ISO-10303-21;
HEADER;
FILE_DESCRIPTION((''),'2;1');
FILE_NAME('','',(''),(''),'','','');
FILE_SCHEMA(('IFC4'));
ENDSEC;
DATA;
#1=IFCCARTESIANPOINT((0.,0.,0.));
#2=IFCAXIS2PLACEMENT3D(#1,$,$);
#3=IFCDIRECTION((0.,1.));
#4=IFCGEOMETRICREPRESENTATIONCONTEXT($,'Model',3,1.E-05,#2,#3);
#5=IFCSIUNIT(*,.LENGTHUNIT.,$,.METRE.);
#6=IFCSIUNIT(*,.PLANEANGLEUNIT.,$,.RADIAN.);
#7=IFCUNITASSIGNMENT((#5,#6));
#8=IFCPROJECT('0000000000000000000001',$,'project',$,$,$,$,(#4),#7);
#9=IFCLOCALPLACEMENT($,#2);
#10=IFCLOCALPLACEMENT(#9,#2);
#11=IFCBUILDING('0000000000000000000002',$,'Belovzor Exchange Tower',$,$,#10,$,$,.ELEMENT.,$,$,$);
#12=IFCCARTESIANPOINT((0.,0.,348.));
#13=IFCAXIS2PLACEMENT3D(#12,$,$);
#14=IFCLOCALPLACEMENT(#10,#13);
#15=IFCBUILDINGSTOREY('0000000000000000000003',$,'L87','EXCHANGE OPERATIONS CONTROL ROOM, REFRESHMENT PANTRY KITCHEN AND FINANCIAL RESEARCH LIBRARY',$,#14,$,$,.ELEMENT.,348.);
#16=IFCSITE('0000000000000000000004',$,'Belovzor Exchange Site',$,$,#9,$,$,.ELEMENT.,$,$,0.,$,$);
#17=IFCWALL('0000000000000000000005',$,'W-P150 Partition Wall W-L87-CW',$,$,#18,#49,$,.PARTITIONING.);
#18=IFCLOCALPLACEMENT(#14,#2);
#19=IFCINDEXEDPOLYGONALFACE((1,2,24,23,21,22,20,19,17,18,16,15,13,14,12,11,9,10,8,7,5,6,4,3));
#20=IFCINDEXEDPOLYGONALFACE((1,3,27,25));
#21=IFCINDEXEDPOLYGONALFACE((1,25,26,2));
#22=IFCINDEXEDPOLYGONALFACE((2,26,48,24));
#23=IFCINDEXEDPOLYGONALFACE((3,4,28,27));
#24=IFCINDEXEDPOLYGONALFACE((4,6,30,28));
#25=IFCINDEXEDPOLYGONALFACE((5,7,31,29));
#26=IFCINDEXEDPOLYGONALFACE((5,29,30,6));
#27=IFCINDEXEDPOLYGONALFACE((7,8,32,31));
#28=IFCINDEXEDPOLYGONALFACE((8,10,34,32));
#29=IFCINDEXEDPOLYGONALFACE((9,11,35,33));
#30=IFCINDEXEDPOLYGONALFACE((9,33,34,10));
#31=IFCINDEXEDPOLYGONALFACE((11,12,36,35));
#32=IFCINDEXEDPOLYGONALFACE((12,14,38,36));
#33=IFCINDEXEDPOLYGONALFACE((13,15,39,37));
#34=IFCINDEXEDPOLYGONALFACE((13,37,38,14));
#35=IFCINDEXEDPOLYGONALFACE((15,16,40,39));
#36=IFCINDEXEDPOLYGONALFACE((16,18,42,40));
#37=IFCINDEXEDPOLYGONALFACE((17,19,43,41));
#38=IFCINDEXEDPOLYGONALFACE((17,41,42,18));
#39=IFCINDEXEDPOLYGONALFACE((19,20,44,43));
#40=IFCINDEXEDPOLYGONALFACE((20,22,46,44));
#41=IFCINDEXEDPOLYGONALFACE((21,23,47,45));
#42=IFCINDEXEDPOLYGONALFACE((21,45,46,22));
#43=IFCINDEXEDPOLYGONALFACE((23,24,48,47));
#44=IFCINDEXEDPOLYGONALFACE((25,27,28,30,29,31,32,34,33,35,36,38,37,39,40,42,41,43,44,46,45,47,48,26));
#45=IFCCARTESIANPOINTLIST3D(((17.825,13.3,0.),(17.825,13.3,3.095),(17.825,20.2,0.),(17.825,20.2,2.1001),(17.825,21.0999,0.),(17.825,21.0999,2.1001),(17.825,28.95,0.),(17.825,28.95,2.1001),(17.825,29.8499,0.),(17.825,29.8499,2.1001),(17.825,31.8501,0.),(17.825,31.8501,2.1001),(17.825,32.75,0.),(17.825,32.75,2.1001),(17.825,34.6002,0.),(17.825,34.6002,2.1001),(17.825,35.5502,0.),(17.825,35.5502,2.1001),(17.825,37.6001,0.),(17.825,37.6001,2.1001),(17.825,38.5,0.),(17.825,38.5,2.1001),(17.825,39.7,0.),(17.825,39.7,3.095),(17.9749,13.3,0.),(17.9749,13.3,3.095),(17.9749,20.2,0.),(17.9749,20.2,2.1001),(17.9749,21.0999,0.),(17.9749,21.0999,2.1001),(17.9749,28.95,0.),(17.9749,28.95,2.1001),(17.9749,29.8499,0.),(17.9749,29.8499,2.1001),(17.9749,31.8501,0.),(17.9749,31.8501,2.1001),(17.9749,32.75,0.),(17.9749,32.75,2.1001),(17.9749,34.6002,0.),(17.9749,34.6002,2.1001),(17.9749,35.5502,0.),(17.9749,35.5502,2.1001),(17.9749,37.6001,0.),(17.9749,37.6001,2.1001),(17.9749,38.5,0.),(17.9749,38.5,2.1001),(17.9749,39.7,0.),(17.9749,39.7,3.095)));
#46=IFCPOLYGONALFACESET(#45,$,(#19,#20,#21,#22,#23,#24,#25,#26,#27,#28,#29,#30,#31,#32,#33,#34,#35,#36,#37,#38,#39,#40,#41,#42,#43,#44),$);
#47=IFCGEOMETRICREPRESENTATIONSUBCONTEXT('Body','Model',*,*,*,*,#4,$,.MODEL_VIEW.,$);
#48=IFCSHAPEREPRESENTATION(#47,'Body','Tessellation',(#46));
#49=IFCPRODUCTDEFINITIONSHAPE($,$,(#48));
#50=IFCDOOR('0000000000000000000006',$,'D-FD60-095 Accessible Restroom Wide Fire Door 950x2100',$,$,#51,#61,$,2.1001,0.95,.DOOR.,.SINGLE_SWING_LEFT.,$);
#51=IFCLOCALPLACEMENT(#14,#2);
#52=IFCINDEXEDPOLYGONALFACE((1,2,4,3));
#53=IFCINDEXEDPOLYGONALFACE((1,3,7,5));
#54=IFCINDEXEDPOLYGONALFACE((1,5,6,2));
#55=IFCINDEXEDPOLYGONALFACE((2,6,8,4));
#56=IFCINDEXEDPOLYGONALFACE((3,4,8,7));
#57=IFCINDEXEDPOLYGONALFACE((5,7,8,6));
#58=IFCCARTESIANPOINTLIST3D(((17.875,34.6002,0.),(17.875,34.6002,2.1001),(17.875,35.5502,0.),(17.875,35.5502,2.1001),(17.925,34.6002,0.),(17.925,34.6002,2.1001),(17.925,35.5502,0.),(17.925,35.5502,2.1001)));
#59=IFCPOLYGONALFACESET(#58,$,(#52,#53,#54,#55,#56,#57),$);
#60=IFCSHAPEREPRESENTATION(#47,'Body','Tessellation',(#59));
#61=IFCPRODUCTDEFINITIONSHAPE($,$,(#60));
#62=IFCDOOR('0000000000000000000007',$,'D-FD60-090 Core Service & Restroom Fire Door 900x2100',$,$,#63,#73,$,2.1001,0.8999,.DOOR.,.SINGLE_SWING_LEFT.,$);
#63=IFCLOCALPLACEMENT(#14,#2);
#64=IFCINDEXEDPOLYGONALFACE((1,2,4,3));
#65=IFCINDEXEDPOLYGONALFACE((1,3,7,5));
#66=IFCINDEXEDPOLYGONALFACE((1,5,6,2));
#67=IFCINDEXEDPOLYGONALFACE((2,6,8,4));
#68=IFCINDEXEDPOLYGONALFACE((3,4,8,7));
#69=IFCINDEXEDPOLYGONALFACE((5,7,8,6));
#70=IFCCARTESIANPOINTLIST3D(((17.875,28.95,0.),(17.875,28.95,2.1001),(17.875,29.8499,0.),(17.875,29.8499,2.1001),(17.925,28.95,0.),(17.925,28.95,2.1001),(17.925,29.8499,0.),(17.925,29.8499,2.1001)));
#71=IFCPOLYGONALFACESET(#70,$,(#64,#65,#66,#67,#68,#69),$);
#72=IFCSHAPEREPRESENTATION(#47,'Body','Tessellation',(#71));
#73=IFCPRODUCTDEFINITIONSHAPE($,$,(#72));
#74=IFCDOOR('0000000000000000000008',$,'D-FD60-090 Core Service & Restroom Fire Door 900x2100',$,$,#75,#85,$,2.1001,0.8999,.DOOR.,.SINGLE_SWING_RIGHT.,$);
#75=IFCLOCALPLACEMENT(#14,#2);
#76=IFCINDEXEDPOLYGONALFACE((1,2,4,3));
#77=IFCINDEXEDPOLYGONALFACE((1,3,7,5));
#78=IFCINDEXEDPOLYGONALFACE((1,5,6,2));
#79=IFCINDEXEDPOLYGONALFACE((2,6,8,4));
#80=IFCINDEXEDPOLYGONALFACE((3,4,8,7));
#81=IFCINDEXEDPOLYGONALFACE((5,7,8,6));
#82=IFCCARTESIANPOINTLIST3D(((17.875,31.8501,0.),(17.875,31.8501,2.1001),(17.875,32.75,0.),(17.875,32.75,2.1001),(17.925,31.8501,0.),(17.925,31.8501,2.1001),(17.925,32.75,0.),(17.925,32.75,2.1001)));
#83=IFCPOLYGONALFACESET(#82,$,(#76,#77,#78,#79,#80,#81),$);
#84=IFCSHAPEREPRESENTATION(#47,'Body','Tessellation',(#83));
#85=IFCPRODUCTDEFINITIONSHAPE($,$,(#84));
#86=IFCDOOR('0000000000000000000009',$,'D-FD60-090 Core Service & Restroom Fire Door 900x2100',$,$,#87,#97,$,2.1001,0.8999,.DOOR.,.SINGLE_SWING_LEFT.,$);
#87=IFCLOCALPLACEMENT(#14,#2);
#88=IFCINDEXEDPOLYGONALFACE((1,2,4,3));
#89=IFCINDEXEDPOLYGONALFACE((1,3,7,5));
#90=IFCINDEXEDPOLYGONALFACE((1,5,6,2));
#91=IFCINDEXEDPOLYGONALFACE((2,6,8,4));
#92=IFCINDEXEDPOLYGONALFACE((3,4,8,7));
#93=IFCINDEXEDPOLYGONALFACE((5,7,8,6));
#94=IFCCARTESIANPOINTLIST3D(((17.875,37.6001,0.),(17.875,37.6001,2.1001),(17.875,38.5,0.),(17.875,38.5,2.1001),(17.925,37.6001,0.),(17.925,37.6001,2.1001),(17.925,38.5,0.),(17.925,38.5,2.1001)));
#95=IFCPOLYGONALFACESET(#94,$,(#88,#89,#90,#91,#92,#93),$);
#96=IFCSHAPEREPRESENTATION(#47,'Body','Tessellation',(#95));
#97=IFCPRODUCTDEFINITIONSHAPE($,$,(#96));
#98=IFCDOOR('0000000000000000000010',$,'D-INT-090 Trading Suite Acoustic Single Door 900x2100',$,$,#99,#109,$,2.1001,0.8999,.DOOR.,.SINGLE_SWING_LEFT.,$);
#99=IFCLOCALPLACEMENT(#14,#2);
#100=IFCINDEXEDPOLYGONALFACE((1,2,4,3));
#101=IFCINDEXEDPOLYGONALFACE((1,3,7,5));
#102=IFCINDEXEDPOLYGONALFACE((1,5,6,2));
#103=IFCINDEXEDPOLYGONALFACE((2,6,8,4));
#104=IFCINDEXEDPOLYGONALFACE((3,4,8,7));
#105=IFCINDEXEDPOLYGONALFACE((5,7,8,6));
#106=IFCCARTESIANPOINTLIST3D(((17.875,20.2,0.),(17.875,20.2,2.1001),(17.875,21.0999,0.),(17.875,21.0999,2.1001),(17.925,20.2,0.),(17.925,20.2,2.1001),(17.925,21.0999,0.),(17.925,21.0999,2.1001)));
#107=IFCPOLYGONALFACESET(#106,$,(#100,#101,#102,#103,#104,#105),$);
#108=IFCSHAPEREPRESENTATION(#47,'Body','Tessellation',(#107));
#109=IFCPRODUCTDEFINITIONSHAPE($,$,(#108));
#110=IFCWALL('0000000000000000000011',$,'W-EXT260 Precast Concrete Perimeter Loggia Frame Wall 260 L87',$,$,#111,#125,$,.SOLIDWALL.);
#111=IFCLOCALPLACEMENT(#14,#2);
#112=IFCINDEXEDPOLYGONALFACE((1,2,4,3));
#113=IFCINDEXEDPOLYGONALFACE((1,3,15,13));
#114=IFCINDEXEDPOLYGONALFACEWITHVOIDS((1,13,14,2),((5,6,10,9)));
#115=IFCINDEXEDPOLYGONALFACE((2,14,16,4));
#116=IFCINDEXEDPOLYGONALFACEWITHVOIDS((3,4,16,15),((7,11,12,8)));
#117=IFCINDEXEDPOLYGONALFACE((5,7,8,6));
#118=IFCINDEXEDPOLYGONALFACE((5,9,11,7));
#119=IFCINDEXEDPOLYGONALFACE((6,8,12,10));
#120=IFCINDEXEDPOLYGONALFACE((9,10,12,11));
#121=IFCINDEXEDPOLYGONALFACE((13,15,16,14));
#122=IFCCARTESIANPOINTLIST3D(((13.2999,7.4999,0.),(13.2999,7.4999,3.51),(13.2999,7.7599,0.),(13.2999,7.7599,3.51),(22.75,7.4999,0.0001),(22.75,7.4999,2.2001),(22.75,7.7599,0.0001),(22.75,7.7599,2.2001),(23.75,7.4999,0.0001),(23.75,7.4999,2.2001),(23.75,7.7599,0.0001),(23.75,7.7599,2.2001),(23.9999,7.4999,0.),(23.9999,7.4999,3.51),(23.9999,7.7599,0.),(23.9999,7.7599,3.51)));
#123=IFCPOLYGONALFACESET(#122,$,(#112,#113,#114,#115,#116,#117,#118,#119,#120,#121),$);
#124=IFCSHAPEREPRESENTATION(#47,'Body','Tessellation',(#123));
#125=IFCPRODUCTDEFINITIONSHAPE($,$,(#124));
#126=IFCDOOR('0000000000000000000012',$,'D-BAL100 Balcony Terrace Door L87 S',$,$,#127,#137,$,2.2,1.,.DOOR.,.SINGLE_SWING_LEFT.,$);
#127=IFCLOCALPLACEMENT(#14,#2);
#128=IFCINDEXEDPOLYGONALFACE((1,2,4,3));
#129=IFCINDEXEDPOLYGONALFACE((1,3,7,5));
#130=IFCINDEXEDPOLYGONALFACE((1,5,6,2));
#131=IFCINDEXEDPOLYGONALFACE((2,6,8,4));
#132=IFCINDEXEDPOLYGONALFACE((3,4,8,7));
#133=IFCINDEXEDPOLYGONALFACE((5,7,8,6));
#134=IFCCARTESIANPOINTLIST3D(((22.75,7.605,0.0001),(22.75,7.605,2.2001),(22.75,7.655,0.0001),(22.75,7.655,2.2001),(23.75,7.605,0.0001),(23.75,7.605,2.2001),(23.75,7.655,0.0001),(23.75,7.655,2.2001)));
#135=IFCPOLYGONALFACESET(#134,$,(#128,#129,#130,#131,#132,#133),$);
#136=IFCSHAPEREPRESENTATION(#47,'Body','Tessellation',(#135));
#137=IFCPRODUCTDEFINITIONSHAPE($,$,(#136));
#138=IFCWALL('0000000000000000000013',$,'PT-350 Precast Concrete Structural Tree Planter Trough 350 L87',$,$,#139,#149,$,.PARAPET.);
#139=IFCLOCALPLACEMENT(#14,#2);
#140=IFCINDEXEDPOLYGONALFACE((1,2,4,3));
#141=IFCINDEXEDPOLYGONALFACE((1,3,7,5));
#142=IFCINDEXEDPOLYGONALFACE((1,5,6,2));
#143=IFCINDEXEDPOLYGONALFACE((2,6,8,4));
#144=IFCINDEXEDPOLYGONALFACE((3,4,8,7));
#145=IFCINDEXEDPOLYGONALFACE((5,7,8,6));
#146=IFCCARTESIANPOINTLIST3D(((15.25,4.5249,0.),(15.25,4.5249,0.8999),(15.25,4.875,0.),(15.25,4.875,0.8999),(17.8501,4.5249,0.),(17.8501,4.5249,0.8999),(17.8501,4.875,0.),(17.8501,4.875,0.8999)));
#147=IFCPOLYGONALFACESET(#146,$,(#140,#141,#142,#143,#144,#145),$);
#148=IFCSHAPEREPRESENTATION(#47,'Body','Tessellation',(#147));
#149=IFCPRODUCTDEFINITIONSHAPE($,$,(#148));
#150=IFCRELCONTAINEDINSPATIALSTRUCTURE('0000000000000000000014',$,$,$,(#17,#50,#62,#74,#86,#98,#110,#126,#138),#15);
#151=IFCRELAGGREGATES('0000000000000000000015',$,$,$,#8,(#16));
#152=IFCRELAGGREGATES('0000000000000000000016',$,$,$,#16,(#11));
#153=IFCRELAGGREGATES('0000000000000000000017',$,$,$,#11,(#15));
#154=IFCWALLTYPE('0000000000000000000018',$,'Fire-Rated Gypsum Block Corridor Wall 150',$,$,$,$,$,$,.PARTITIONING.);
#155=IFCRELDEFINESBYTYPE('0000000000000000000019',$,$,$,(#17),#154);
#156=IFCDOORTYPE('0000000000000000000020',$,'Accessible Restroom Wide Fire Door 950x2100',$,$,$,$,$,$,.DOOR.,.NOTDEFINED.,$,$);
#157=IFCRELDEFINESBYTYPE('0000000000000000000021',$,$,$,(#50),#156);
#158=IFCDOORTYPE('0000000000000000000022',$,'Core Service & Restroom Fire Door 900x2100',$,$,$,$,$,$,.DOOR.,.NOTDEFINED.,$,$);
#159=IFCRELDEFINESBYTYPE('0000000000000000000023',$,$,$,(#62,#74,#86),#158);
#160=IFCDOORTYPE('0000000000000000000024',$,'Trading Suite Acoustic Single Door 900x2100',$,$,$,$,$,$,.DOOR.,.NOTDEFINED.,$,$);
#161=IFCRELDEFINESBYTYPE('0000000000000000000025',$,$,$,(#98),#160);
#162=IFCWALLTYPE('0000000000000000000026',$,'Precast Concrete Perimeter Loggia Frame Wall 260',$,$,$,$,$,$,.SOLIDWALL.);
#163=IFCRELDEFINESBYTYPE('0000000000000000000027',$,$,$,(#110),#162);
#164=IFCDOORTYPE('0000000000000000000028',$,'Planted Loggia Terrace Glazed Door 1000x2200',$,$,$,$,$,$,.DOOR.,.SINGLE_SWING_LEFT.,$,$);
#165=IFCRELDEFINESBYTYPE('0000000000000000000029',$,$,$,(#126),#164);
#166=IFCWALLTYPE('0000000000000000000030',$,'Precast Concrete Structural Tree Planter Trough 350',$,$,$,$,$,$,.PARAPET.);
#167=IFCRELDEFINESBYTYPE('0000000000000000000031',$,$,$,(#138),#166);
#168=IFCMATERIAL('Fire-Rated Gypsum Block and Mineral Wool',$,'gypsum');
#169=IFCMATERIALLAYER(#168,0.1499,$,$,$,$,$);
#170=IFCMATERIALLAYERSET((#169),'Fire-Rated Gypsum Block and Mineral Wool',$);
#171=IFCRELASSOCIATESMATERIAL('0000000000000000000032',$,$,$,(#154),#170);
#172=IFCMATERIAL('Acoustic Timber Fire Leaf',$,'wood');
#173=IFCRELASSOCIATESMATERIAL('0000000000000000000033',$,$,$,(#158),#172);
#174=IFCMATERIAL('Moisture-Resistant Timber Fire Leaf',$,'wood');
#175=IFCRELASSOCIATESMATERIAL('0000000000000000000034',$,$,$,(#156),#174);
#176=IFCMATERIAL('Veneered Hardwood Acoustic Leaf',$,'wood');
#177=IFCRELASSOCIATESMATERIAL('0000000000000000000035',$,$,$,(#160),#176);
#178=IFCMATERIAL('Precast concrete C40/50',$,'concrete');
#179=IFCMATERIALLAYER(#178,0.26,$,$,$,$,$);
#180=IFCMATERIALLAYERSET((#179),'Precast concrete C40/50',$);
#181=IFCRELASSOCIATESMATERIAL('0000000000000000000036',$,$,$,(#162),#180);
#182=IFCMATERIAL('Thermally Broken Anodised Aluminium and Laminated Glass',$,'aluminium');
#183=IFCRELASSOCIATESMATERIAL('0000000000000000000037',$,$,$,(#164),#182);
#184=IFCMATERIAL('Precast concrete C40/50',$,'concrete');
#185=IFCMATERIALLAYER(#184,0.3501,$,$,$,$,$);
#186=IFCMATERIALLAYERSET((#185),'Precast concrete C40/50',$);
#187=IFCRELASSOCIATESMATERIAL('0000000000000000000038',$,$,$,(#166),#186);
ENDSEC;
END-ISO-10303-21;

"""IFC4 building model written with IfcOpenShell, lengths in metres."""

from ifc_helpers import new_model, si_unit, direction, frame, frame_2d, origin, place, context, subcontext, project, spatial, rectangle, extrude, material, layer, layer_set, type_object, element, fill, save


model = new_model("IFC4")

# Units and contexts
model_context = context("Model", 3, precision=1e-05, world=origin(), true_north=direction((0.0, 1.0)))
body_context = subcontext(model_context, "Body", "Model", "MODEL_VIEW")
ifc_project = project(units=[si_unit("LENGTHUNIT", "METRE"), si_unit("PLANEANGLEUNIT", "RADIAN")], contexts=[model_context])

# Site, building, storey
site_placement = place(None, origin())
site = spatial("IfcSite", under=ifc_project, at=site_placement, Name="Belovzor Exchange Site", CompositionType="ELEMENT", RefElevation=0.0)
building_placement = place(site_placement, origin())
building = spatial("IfcBuilding", under=site, at=building_placement, Name="Belovzor Exchange Tower", CompositionType="ELEMENT")
storey_placement = place(building_placement, frame((0.0, 0.0, 348.0)))
storey = spatial("IfcBuildingStorey", under=building, at=storey_placement, Name="L87", Description="EXCHANGE OPERATIONS CONTROL ROOM, REFRESHMENT PANTRY KITCHEN AND FINANCIAL RESEARCH LIBRARY", CompositionType="ELEMENT", Elevation=348.0)

# Shared definitions
ifc_material_1 = material(Name="Fire-Rated Gypsum Block and Mineral Wool", Category="gypsum")
ifc_layer_1 = layer(ifc_material_1, 0.1499)
ifc_layer_set_1 = layer_set([ifc_layer_1], Name="Fire-Rated Gypsum Block and Mineral Wool")
wall_type_1 = type_object("IfcWallType", Name="Fire-Rated Gypsum Block Corridor Wall 150", PredefinedType="PARTITIONING", material=ifc_layer_set_1)
ifc_material_2 = material(Name="Acoustic Timber Fire Leaf", Category="wood")
door_type_1 = type_object("IfcDoorType", Name="Core Service & Restroom Fire Door 900x2100", OperationType="NOTDEFINED", PredefinedType="DOOR", material=ifc_material_2)

# Wall, openings, doors
wall_1_placement = place(storey_placement, frame((17.8999, 13.3, 0.0), z_axis=(0.0, 0.0, 1.0), x_axis=(0.0, 1.0, 0.0)))
wall_1 = element("IfcWall", 1, at=wall_1_placement, inside=storey, type_object=wall_type_1, Name="W-P150 Partition Wall W-L87-CW", PredefinedType="PARTITIONING", context=body_context, shape_type="SweptSolid", body=[
    extrude(rectangle(XDim=26.3999, YDim=0.1499, at=frame_2d((13.2, 0.0))), origin(), (0.0, 0.0, 1.0), 3.095),
])
opening_1_placement = place(wall_1_placement, frame((6.8999, 0.0, 0.0)))
opening_1 = element("IfcOpeningElement", 2, at=opening_1_placement, cuts=wall_1, PredefinedType="OPENING", context=body_context, shape_type="SweptSolid", body=[
    extrude(rectangle(XDim=0.8999, YDim=2.1001, at=frame_2d((0.45, 1.05))), frame((0.0, 0.085, 0.0), z_axis=(0.0, -1.0, 0.0), x_axis=(1.0, 0.0, 0.0)), (0.0, 0.0, 1.0), 0.1699),
])
opening_2_placement = place(wall_1_placement, frame((15.6499, 0.0, 0.0)))
opening_2 = element("IfcOpeningElement", 3, at=opening_2_placement, cuts=wall_1, PredefinedType="OPENING", context=body_context, shape_type="SweptSolid", body=[
    extrude(rectangle(XDim=0.8999, YDim=2.1001, at=frame_2d((0.45, 1.05))), frame((0.0, 0.085, 0.0), z_axis=(0.0, -1.0, 0.0), x_axis=(1.0, 0.0, 0.0)), (0.0, 0.0, 1.0), 0.1699),
])
opening_3_placement = place(wall_1_placement, frame((18.55, 0.0, 0.0)))
opening_3 = element("IfcOpeningElement", 4, at=opening_3_placement, cuts=wall_1, PredefinedType="OPENING", context=body_context, shape_type="SweptSolid", body=[
    extrude(rectangle(XDim=0.8999, YDim=2.1001, at=frame_2d((0.45, 1.05))), frame((0.0, 0.085, 0.0), z_axis=(0.0, -1.0, 0.0), x_axis=(1.0, 0.0, 0.0)), (0.0, 0.0, 1.0), 0.1699),
])
opening_4_placement = place(wall_1_placement, frame((21.3, 0.0, 0.0)))
opening_4 = element("IfcOpeningElement", 5, at=opening_4_placement, cuts=wall_1, PredefinedType="OPENING", context=body_context, shape_type="SweptSolid", body=[
    extrude(rectangle(XDim=0.95, YDim=2.1001, at=frame_2d((0.4751, 1.05))), frame((0.0, 0.085, 0.0), z_axis=(0.0, -1.0, 0.0), x_axis=(1.0, 0.0, 0.0)), (0.0, 0.0, 1.0), 0.1699),
])
opening_5_placement = place(wall_1_placement, frame((24.3, 0.0, 0.0)))
opening_5 = element("IfcOpeningElement", 6, at=opening_5_placement, cuts=wall_1, PredefinedType="OPENING", context=body_context, shape_type="SweptSolid", body=[
    extrude(rectangle(XDim=0.8999, YDim=2.1001, at=frame_2d((0.45, 1.05))), frame((0.0, 0.085, 0.0), z_axis=(0.0, -1.0, 0.0), x_axis=(1.0, 0.0, 0.0)), (0.0, 0.0, 1.0), 0.1699),
])
ifc_material_3 = material(Name="Moisture-Resistant Timber Fire Leaf", Category="wood")
door_type_2 = type_object("IfcDoorType", Name="Accessible Restroom Wide Fire Door 950x2100", OperationType="NOTDEFINED", PredefinedType="DOOR", material=ifc_material_3)
door_1_placement = place(opening_4_placement, origin())
door_1 = element("IfcDoor", 7, at=door_1_placement, inside=storey, type_object=door_type_2, Name="D-FD60-095 Accessible Restroom Wide Fire Door 950x2100", OperationType="SINGLE_SWING_LEFT", OverallHeight=2.1001, OverallWidth=0.95, PredefinedType="DOOR", context=body_context, shape_type="SweptSolid", body=[
    extrude(rectangle(XDim=0.95, YDim=2.1001, at=frame_2d((0.4751, 1.05))), frame((0.0, 0.0249, 0.0), z_axis=(0.0, -1.0, 0.0), x_axis=(1.0, 0.0, 0.0)), (0.0, 0.0, 1.0), 0.05),
])
fill(opening_4, door_1)
door_2_placement = place(opening_2_placement, origin())
door_2 = element("IfcDoor", 8, at=door_2_placement, inside=storey, type_object=door_type_1, Name="D-FD60-090 Core Service & Restroom Fire Door 900x2100", OperationType="SINGLE_SWING_LEFT", OverallHeight=2.1001, OverallWidth=0.8999, PredefinedType="DOOR", context=body_context, shape_type="SweptSolid", body=[
    extrude(rectangle(XDim=0.8999, YDim=2.1001, at=frame_2d((0.45, 1.05))), frame((0.0, 0.0249, 0.0), z_axis=(0.0, -1.0, 0.0), x_axis=(1.0, 0.0, 0.0)), (0.0, 0.0, 1.0), 0.05),
])
fill(opening_2, door_2)
door_3_placement = place(opening_3_placement, origin())
door_3 = element("IfcDoor", 9, at=door_3_placement, inside=storey, type_object=door_type_1, Name="D-FD60-090 Core Service & Restroom Fire Door 900x2100", OperationType="SINGLE_SWING_RIGHT", OverallHeight=2.1001, OverallWidth=0.8999, PredefinedType="DOOR", context=body_context, shape_type="SweptSolid", body=[
    extrude(rectangle(XDim=0.8999, YDim=2.1001, at=frame_2d((0.45, 1.05))), frame((0.0, 0.0249, 0.0), z_axis=(0.0, -1.0, 0.0), x_axis=(1.0, 0.0, 0.0)), (0.0, 0.0, 1.0), 0.05),
])
fill(opening_3, door_3)
door_4_placement = place(opening_5_placement, origin())
door_4 = element("IfcDoor", 10, at=door_4_placement, inside=storey, type_object=door_type_1, Name="D-FD60-090 Core Service & Restroom Fire Door 900x2100", OperationType="SINGLE_SWING_LEFT", OverallHeight=2.1001, OverallWidth=0.8999, PredefinedType="DOOR", context=body_context, shape_type="SweptSolid", body=[
    extrude(rectangle(XDim=0.8999, YDim=2.1001, at=frame_2d((0.45, 1.05))), frame((0.0, 0.0249, 0.0), z_axis=(0.0, -1.0, 0.0), x_axis=(1.0, 0.0, 0.0)), (0.0, 0.0, 1.0), 0.05),
])
fill(opening_5, door_4)
ifc_material_4 = material(Name="Veneered Hardwood Acoustic Leaf", Category="wood")
door_type_3 = type_object("IfcDoorType", Name="Trading Suite Acoustic Single Door 900x2100", OperationType="NOTDEFINED", PredefinedType="DOOR", material=ifc_material_4)
door_5_placement = place(opening_1_placement, origin())
door_5 = element("IfcDoor", 11, at=door_5_placement, inside=storey, type_object=door_type_3, Name="D-INT-090 Trading Suite Acoustic Single Door 900x2100", OperationType="SINGLE_SWING_LEFT", OverallHeight=2.1001, OverallWidth=0.8999, PredefinedType="DOOR", context=body_context, shape_type="SweptSolid", body=[
    extrude(rectangle(XDim=0.8999, YDim=2.1001, at=frame_2d((0.45, 1.05))), frame((0.0, 0.0249, 0.0), z_axis=(0.0, -1.0, 0.0), x_axis=(1.0, 0.0, 0.0)), (0.0, 0.0, 1.0), 0.05),
])
fill(opening_1, door_5)

# Wall, opening, door
ifc_material_5 = material(Name="Precast concrete C40/50", Category="concrete")
ifc_layer_2 = layer(ifc_material_5, 0.26)
ifc_layer_set_2 = layer_set([ifc_layer_2], Name="Precast concrete C40/50")
wall_type_2 = type_object("IfcWallType", Name="Precast Concrete Perimeter Loggia Frame Wall 260", PredefinedType="SOLIDWALL", material=ifc_layer_set_2)
wall_2_placement = place(storey_placement, frame((24.0, 7.6299, 0.0), z_axis=(0.0, 0.0, 1.0), x_axis=(-1.0, 0.0, 0.0)))
wall_2 = element("IfcWall", 12, at=wall_2_placement, inside=storey, type_object=wall_type_2, Name="W-EXT260 Precast Concrete Perimeter Loggia Frame Wall 260 L87", PredefinedType="SOLIDWALL", context=body_context, shape_type="SweptSolid", body=[
    extrude(rectangle(XDim=10.7, YDim=0.26, at=frame_2d((5.3501, 0.0))), origin(), (0.0, 0.0, 1.0), 3.51),
])
opening_6_placement = place(wall_2_placement, frame((0.25, 0.0, 0.0)))
opening_6 = element("IfcOpeningElement", 13, at=opening_6_placement, cuts=wall_2, PredefinedType="OPENING", context=body_context, shape_type="SweptSolid", body=[
    extrude(rectangle(XDim=1.0, YDim=2.2, at=frame_2d((0.5, 1.1001))), frame((0.0, 0.1399, 0.0), z_axis=(0.0, -1.0, 0.0), x_axis=(1.0, 0.0, 0.0)), (0.0, 0.0, 1.0), 0.28),
])
ifc_material_6 = material(Name="Thermally Broken Anodised Aluminium and Laminated Glass", Category="aluminium")
door_type_4 = type_object("IfcDoorType", Name="Planted Loggia Terrace Glazed Door 1000x2200", OperationType="SINGLE_SWING_LEFT", PredefinedType="DOOR", material=ifc_material_6)
door_6_placement = place(opening_6_placement, origin())
door_6 = element("IfcDoor", 14, at=door_6_placement, inside=storey, type_object=door_type_4, Name="D-BAL100 Balcony Terrace Door L87 S", OperationType="SINGLE_SWING_LEFT", OverallHeight=2.2, OverallWidth=1.0, PredefinedType="DOOR", context=body_context, shape_type="SweptSolid", body=[
    extrude(rectangle(XDim=1.0, YDim=2.2, at=frame_2d((0.5, 1.1001))), frame((0.0, 0.0249, 0.0), z_axis=(0.0, -1.0, 0.0), x_axis=(1.0, 0.0, 0.0)), (0.0, 0.0, 1.0), 0.05),
])
fill(opening_6, door_6)

# Wall
ifc_material_7 = material(Name="Precast concrete C40/50", Category="concrete")
ifc_layer_3 = layer(ifc_material_7, 0.3501)
ifc_layer_set_3 = layer_set([ifc_layer_3], Name="Precast concrete C40/50")
wall_type_3 = type_object("IfcWallType", Name="Precast Concrete Structural Tree Planter Trough 350", PredefinedType="PARAPET", material=ifc_layer_set_3)
wall_3_placement = place(storey_placement, frame((15.25, 4.7, 0.0), z_axis=(0.0, 0.0, 1.0), x_axis=(1.0, 0.0, 0.0)))
element("IfcWall", 15, at=wall_3_placement, inside=storey, type_object=wall_type_3, Name="PT-350 Precast Concrete Structural Tree Planter Trough 350 L87", PredefinedType="PARAPET", context=body_context, shape_type="SweptSolid", body=[
    extrude(rectangle(XDim=2.6001, YDim=0.3501, at=frame_2d((1.3, 0.0))), origin(), (0.0, 0.0, 1.0), 0.8999),
])

save(model, "model.ifc")
